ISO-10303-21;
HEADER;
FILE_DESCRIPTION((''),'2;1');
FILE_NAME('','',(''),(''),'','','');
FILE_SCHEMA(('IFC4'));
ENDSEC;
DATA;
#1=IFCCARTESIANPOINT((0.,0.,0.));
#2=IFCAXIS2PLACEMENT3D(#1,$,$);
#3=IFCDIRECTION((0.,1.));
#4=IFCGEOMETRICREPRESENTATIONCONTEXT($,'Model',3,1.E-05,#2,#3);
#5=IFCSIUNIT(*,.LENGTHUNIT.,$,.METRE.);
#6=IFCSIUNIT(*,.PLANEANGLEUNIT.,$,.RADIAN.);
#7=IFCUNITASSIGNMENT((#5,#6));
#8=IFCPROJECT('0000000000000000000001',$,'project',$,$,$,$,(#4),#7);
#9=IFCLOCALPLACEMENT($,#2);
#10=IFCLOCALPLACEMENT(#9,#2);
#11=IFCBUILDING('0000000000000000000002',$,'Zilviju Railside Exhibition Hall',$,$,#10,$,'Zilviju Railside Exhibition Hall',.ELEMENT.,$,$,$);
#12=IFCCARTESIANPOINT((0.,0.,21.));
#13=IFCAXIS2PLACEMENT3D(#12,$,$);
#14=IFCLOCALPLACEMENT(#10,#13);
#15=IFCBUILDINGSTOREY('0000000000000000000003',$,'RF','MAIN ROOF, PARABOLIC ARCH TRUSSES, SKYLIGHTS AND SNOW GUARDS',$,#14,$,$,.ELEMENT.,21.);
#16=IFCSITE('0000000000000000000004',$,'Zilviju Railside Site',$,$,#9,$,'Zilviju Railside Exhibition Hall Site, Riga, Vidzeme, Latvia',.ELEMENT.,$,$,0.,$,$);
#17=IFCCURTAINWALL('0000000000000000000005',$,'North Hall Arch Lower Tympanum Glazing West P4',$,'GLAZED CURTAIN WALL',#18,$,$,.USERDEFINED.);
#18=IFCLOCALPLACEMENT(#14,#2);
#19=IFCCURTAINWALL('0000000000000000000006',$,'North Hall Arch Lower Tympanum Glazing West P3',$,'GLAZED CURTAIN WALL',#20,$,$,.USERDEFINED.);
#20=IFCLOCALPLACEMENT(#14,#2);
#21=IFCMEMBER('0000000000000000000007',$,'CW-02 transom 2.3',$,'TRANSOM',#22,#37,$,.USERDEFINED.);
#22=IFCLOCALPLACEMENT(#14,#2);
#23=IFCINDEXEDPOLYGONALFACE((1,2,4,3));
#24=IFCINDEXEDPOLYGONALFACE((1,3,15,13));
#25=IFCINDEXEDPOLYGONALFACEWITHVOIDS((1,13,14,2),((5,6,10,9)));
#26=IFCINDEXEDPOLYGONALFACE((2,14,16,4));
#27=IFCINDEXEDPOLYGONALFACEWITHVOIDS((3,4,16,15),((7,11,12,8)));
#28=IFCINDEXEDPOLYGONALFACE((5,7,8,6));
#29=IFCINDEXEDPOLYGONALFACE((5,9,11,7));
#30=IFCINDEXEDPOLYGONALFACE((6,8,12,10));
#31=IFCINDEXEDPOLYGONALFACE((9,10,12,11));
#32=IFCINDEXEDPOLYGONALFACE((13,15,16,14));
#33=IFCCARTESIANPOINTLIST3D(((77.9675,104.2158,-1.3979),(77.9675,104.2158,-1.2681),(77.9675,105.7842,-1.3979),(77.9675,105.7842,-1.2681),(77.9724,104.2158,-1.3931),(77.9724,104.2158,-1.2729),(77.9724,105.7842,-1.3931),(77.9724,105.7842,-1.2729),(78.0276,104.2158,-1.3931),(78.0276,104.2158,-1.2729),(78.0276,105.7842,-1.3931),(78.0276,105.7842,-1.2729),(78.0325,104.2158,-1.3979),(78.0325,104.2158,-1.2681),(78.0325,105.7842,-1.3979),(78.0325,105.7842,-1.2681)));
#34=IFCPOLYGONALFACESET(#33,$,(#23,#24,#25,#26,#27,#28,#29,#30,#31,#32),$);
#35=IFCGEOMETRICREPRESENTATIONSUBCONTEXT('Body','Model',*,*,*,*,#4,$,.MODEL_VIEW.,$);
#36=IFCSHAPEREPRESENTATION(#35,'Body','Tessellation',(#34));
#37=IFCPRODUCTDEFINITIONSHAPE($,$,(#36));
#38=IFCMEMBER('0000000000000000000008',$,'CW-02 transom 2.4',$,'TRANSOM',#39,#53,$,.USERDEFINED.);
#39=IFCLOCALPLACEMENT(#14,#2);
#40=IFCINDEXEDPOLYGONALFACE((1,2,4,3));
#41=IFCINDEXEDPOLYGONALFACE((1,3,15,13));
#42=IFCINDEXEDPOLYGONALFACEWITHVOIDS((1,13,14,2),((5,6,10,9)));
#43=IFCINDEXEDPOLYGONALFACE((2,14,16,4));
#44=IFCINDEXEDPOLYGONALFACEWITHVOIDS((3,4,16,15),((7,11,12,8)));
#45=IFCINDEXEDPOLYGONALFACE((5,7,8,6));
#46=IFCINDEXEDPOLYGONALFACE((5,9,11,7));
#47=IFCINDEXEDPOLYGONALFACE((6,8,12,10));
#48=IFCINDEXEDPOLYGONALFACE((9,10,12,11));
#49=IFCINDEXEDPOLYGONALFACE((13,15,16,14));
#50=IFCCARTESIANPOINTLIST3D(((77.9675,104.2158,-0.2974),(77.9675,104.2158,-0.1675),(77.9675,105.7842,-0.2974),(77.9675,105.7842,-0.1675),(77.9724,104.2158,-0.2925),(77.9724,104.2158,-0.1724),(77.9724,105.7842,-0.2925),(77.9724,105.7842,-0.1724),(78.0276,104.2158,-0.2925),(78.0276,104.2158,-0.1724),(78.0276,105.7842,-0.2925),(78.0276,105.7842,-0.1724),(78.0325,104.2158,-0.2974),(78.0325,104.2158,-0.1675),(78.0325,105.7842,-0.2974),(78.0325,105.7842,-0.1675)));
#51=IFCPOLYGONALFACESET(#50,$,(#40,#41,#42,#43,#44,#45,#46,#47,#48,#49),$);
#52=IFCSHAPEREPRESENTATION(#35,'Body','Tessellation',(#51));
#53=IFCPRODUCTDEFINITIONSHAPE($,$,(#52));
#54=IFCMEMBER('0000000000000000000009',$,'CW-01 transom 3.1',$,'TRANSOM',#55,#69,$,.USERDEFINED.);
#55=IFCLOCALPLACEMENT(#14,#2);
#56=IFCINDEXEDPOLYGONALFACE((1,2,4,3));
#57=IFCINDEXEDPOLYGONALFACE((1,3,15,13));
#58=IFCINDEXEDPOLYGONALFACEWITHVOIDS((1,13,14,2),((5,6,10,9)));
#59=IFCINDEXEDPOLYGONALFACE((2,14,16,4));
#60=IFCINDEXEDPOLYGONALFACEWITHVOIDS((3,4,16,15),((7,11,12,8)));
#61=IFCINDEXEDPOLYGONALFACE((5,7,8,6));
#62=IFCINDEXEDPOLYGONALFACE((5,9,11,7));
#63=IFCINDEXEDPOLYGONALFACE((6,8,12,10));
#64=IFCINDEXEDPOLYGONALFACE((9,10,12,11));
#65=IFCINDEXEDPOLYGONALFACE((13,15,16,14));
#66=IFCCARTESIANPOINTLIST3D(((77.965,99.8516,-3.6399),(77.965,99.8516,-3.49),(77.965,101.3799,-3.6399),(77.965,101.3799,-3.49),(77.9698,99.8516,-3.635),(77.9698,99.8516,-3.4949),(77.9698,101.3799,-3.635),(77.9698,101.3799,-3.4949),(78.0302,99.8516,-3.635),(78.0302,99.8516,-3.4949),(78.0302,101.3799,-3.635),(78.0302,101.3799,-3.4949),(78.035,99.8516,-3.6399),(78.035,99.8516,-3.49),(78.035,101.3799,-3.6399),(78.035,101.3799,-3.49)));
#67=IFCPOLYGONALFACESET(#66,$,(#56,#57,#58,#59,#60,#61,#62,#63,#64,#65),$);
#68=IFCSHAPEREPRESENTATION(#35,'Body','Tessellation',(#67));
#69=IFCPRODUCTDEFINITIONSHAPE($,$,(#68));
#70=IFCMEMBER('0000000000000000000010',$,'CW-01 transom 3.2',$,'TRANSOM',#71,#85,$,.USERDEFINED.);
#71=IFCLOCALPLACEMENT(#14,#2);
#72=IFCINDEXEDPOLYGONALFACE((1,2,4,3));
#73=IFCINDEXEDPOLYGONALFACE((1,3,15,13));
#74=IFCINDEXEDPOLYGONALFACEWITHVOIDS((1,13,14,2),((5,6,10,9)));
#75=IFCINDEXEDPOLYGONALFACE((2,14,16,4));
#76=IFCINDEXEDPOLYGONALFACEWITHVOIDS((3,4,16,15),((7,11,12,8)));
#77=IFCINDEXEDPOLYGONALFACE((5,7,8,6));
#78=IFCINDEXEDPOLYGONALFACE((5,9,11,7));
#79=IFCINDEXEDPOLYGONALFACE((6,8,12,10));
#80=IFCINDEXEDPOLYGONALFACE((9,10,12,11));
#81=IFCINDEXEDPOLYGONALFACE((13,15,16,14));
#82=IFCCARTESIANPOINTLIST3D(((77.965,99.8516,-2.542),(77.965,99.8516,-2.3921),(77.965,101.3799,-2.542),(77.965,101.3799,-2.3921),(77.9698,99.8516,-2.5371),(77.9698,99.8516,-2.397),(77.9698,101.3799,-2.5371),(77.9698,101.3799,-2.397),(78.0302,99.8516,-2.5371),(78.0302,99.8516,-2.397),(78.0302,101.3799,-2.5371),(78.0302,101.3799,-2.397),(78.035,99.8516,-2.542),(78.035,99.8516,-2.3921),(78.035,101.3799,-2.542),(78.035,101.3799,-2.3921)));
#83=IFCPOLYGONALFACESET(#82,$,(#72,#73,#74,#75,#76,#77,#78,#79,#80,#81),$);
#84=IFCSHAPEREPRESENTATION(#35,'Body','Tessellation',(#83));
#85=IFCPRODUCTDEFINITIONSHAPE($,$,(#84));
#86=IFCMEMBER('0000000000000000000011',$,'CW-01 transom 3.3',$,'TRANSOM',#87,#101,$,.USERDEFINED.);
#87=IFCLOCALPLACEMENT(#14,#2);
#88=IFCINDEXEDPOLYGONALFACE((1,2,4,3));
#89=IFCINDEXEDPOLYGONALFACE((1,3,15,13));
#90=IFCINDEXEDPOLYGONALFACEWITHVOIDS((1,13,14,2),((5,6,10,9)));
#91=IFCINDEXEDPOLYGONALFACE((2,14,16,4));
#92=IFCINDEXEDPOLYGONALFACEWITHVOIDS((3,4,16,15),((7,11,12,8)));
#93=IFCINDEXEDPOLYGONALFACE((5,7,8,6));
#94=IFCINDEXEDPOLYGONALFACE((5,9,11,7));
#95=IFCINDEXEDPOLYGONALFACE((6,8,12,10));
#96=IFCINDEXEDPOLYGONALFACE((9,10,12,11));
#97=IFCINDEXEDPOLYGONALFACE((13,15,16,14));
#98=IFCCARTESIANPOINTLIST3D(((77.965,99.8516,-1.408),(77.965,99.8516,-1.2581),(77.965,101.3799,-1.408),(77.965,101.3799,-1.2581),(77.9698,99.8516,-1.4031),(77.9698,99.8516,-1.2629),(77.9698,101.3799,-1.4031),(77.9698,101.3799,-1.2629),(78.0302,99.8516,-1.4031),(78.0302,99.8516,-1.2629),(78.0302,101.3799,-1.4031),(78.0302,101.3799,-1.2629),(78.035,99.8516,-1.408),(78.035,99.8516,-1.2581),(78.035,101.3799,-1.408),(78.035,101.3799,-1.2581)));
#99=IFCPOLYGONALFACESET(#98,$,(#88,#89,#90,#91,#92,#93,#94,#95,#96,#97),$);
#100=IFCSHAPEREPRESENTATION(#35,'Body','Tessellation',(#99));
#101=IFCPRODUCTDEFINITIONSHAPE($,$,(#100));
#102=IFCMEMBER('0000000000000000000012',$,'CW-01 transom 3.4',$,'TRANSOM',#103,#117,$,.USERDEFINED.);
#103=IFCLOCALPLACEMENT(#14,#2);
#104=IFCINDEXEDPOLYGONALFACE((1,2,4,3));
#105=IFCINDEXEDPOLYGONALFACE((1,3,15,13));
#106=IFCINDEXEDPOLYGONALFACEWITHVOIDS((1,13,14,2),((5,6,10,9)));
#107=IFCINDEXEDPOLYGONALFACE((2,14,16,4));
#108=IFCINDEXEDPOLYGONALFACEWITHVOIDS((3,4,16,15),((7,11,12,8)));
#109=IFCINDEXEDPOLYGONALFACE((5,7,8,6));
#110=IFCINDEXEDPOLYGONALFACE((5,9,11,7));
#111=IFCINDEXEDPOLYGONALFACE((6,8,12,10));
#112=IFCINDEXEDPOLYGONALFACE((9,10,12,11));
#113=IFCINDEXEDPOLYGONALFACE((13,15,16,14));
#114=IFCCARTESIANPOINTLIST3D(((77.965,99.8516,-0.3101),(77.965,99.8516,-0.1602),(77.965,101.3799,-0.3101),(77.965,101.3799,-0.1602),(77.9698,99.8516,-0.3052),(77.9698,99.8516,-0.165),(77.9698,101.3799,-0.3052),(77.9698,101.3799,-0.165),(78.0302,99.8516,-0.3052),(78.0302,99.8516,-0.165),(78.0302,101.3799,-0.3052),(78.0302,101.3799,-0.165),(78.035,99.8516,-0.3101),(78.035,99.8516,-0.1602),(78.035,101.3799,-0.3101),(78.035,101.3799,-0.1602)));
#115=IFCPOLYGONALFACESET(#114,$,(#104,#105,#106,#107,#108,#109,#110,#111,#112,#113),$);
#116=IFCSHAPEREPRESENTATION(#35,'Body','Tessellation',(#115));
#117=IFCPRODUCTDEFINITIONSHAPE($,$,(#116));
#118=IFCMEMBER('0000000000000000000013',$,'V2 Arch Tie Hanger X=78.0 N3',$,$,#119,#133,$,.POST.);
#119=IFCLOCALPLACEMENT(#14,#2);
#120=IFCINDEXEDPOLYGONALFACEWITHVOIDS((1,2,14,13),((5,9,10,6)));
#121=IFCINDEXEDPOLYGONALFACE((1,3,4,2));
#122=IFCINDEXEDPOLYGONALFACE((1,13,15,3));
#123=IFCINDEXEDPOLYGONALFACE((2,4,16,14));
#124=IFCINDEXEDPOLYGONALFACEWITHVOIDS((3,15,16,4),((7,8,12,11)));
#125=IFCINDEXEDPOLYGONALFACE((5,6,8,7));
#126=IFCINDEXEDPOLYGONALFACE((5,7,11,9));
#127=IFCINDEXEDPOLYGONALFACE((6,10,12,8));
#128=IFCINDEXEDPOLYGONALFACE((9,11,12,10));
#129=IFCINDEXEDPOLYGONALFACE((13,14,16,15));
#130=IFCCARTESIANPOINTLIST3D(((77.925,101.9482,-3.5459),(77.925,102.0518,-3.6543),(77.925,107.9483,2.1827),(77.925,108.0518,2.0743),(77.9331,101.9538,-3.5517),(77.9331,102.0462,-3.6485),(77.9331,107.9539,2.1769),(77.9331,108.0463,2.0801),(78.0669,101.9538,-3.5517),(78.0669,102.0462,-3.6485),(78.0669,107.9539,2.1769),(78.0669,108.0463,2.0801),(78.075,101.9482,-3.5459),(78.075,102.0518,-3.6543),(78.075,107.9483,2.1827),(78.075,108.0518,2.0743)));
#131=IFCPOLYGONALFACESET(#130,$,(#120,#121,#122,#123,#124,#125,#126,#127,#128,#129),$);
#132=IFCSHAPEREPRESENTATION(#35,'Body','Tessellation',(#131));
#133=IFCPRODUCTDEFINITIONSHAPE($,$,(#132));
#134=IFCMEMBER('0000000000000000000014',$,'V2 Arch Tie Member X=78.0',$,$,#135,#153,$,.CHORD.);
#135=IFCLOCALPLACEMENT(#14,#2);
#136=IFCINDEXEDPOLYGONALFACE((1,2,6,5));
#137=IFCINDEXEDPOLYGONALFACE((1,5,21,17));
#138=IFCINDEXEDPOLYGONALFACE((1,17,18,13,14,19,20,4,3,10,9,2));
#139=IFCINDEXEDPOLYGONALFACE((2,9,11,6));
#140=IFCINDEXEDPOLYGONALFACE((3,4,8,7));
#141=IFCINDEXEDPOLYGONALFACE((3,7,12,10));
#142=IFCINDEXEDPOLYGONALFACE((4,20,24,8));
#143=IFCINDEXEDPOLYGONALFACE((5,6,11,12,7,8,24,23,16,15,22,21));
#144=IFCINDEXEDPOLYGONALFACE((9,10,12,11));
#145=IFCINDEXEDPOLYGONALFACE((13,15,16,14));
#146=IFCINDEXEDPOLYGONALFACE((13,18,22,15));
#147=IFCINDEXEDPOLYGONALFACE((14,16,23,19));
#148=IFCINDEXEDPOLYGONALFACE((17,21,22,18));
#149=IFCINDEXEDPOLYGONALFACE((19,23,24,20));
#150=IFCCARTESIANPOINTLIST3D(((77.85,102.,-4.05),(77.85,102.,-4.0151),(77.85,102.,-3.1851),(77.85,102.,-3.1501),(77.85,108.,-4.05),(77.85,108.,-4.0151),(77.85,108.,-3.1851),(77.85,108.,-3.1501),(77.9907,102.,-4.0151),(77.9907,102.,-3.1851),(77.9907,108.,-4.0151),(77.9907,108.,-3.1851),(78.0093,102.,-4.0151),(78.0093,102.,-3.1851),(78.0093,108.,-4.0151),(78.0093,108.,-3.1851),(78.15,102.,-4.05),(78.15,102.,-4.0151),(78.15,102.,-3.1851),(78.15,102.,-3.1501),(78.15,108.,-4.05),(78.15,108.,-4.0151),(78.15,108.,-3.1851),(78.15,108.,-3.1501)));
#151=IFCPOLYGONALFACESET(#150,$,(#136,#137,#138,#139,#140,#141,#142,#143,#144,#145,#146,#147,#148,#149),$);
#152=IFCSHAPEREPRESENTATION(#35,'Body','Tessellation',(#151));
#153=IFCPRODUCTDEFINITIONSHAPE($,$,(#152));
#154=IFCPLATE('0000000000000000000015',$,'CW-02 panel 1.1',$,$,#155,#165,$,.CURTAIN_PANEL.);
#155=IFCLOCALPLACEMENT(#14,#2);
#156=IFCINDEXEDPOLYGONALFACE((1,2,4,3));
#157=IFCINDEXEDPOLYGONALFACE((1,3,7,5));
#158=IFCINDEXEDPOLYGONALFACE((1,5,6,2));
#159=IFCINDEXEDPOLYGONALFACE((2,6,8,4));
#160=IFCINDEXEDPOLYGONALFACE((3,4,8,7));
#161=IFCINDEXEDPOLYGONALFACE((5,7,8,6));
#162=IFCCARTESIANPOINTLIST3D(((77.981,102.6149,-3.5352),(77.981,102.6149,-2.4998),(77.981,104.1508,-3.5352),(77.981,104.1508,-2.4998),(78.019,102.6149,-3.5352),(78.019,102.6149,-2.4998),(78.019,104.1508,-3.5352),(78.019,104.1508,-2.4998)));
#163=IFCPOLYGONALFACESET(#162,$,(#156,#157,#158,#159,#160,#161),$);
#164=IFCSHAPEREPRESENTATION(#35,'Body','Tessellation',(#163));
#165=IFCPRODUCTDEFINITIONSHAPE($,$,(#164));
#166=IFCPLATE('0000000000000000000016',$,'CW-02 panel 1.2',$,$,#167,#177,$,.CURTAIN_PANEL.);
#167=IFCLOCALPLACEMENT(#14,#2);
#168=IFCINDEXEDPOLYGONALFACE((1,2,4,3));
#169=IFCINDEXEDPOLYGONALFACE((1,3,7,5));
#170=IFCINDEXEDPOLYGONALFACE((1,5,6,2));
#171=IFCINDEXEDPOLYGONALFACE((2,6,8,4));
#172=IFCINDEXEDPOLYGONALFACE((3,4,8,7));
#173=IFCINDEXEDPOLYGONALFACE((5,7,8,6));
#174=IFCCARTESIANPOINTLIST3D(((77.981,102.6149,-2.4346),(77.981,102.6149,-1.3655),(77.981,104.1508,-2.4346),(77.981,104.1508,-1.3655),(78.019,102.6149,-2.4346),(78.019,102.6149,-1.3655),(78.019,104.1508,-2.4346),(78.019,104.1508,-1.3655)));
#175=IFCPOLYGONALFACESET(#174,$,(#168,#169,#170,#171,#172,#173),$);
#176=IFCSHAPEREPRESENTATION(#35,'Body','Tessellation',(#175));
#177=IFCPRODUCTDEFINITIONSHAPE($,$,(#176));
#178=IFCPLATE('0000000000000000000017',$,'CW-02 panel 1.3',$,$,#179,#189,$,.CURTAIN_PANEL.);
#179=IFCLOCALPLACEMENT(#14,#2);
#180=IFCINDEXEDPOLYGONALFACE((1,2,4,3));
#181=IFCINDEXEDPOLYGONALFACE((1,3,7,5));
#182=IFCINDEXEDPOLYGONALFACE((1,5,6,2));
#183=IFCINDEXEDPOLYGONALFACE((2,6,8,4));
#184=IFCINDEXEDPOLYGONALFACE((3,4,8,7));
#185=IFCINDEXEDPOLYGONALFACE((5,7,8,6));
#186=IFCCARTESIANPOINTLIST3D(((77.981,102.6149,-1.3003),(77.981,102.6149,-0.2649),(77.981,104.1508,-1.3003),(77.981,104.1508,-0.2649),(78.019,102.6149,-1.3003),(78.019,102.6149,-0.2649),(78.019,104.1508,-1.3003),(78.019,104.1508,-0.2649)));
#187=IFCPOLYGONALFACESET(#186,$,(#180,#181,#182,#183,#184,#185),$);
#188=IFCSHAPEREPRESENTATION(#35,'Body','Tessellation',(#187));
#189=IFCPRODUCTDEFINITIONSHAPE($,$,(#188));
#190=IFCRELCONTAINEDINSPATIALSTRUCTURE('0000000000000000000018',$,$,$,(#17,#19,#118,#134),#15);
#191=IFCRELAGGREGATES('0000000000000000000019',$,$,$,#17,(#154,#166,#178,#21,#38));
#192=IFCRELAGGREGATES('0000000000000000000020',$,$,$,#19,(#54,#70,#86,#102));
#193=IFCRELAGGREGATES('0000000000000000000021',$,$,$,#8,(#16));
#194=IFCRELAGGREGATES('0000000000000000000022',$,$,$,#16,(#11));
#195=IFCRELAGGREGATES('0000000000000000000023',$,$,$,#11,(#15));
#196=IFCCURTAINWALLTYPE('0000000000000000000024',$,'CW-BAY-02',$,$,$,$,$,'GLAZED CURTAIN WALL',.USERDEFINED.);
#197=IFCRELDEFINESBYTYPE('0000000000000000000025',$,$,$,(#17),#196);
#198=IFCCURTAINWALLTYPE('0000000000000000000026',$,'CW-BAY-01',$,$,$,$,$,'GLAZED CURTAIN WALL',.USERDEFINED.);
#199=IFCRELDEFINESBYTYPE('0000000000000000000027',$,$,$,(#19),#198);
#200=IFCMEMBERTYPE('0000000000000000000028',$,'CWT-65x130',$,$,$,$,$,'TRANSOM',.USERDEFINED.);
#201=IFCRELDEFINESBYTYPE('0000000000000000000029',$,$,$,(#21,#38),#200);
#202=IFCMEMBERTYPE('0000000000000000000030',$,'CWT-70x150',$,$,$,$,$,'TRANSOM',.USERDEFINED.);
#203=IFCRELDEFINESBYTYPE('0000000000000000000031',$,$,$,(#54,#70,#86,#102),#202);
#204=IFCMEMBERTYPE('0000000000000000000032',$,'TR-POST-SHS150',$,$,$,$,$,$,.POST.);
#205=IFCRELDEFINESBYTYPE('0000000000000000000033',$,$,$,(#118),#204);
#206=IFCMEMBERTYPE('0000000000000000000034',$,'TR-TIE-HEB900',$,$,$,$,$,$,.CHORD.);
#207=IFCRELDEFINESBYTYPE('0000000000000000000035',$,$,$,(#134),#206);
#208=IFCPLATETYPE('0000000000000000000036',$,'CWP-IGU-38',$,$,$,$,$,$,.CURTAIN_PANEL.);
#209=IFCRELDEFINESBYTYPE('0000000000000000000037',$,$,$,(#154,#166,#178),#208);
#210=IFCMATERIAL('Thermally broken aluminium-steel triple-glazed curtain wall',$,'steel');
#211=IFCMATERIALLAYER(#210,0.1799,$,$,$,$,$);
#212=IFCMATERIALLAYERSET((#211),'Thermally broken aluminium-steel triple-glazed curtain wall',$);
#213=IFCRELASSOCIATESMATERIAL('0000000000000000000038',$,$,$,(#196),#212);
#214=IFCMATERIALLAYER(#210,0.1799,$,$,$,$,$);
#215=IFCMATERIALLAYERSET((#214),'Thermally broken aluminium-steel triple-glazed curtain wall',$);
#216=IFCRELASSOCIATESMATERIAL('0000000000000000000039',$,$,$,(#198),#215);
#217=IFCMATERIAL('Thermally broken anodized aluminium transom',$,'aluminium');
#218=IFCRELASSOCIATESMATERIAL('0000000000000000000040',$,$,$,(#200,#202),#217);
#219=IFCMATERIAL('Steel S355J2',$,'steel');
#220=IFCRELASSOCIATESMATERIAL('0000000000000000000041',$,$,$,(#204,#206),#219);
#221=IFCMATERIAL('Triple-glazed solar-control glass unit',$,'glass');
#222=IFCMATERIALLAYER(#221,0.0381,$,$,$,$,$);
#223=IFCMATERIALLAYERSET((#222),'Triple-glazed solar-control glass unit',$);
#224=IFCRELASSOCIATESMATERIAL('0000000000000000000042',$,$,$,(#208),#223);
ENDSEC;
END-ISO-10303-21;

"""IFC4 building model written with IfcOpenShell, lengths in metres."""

from ifc_helpers import new_model, si_unit, direction, frame, origin, origin_2d, place, context, subcontext, project, spatial, rectangle, hollow_rectangle, i_section, extrude, material, layer, layer_set, material_profile, profile_set, type_object, element, aggregate, save


model = new_model("IFC4")

# Units and contexts
model_context = context("Model", 3, precision=1e-05, world=origin(), true_north=direction((0.0, 1.0)))
body_context = subcontext(model_context, "Body", "Model", "MODEL_VIEW")
ifc_project = project(units=[si_unit("LENGTHUNIT", "METRE"), si_unit("PLANEANGLEUNIT", "RADIAN")], contexts=[model_context])

# Site, building, storey
site_placement = place(None, origin())
site = spatial("IfcSite", under=ifc_project, at=site_placement, Name="Zilviju Railside Site", LongName="Zilviju Railside Exhibition Hall Site, Riga, Vidzeme, Latvia", CompositionType="ELEMENT", RefElevation=0.0)
building_placement = place(site_placement, origin())
building = spatial("IfcBuilding", under=site, at=building_placement, Name="Zilviju Railside Exhibition Hall", LongName="Zilviju Railside Exhibition Hall", CompositionType="ELEMENT")
storey_placement = place(building_placement, frame((0.0, 0.0, 21.0)))
storey = spatial("IfcBuildingStorey", under=building, at=storey_placement, Name="RF", Description="MAIN ROOF, PARABOLIC ARCH TRUSSES, SKYLIGHTS AND SNOW GUARDS", CompositionType="ELEMENT", Elevation=21.0)

# Curtain wall
ifc_material_1 = material(Name="Thermally broken aluminium-steel triple-glazed curtain wall", Category="steel")
ifc_layer_1 = layer(ifc_material_1, 0.1799)
ifc_layer_set_1 = layer_set([ifc_layer_1], Name="Thermally broken aluminium-steel triple-glazed curtain wall")
curtain_wall_type_1 = type_object("IfcCurtainWallType", Name="CW-BAY-02", ElementType="GLAZED CURTAIN WALL", PredefinedType="USERDEFINED", material=ifc_layer_set_1)
curtain_wall_1_placement = place(storey_placement, origin())
curtain_wall_1 = element("IfcCurtainWall", 1, at=curtain_wall_1_placement, inside=storey, type_object=curtain_wall_type_1, Name="North Hall Arch Lower Tympanum Glazing West P4", ObjectType="GLAZED CURTAIN WALL", PredefinedType="USERDEFINED")

# Curtain wall
ifc_layer_2 = layer(ifc_material_1, 0.1799)
ifc_layer_set_2 = layer_set([ifc_layer_2], Name="Thermally broken aluminium-steel triple-glazed curtain wall")
curtain_wall_type_2 = type_object("IfcCurtainWallType", Name="CW-BAY-01", ElementType="GLAZED CURTAIN WALL", PredefinedType="USERDEFINED", material=ifc_layer_set_2)
curtain_wall_2_placement = place(storey_placement, origin())
curtain_wall_2 = element("IfcCurtainWall", 2, at=curtain_wall_2_placement, inside=storey, type_object=curtain_wall_type_2, Name="North Hall Arch Lower Tympanum Glazing West P3", ObjectType="GLAZED CURTAIN WALL", PredefinedType="USERDEFINED")

# Members
ifc_material_2 = material(Name="Thermally broken anodized aluminium transom", Category="aluminium")
ifc_material_profile_1 = material_profile(ifc_material_2, hollow_rectangle(XDim=0.0649, YDim=0.1299, WallThickness=0.0049, at=origin_2d()), Name="TRANSOM 130x65x5")
ifc_profile_set_1 = profile_set([ifc_material_profile_1], Name="Thermally broken anodized aluminium transom")
member_type_1 = type_object("IfcMemberType", Name="CWT-65x130", ElementType="TRANSOM", PredefinedType="USERDEFINED", material=ifc_profile_set_1)
member_1_placement = place(storey_placement, frame((78.0, 104.2158, -1.333), z_axis=(0.0, 1.0, 0.0), x_axis=(-1.0, 0.0, 0.0)))
member_1 = element("IfcMember", 3, at=member_1_placement, type_object=member_type_1, Name="CW-02 transom 2.3", ObjectType="TRANSOM", PredefinedType="USERDEFINED", context=body_context, shape_type="SweptSolid", body=[
    extrude(hollow_rectangle(XDim=0.0649, YDim=0.1299, WallThickness=0.0049, at=origin_2d()), origin(), (0.0, 0.0, 1.0), 1.5684),
])
member_2_placement = place(storey_placement, frame((78.0, 104.2158, -0.2324), z_axis=(0.0, 1.0, 0.0), x_axis=(-1.0, 0.0, 0.0)))
member_2 = element("IfcMember", 4, at=member_2_placement, type_object=member_type_1, Name="CW-02 transom 2.4", ObjectType="TRANSOM", PredefinedType="USERDEFINED", context=body_context, shape_type="SweptSolid", body=[
    extrude(hollow_rectangle(XDim=0.0649, YDim=0.1299, WallThickness=0.0049, at=origin_2d()), origin(), (0.0, 0.0, 1.0), 1.5684),
])
ifc_material_profile_2 = material_profile(ifc_material_2, hollow_rectangle(XDim=0.0701, YDim=0.1499, WallThickness=0.0049, at=origin_2d()), Name="TRANSOM 150x70x5")
ifc_profile_set_2 = profile_set([ifc_material_profile_2], Name="Thermally broken anodized aluminium transom")
member_type_2 = type_object("IfcMemberType", Name="CWT-70x150", ElementType="TRANSOM", PredefinedType="USERDEFINED", material=ifc_profile_set_2)
member_3_placement = place(storey_placement, frame((78.0, 99.8516, -3.5649), z_axis=(0.0, 1.0, 0.0), x_axis=(-1.0, 0.0, 0.0)))
member_3 = element("IfcMember", 5, at=member_3_placement, type_object=member_type_2, Name="CW-01 transom 3.1", ObjectType="TRANSOM", PredefinedType="USERDEFINED", context=body_context, shape_type="SweptSolid", body=[
    extrude(hollow_rectangle(XDim=0.0701, YDim=0.1499, WallThickness=0.0049, at=origin_2d()), origin(), (0.0, 0.0, 1.0), 1.5283),
])
member_4_placement = place(storey_placement, frame((78.0, 99.8516, -2.467), z_axis=(0.0, 1.0, 0.0), x_axis=(-1.0, 0.0, 0.0)))
member_4 = element("IfcMember", 6, at=member_4_placement, type_object=member_type_2, Name="CW-01 transom 3.2", ObjectType="TRANSOM", PredefinedType="USERDEFINED", context=body_context, shape_type="SweptSolid", body=[
    extrude(hollow_rectangle(XDim=0.0701, YDim=0.1499, WallThickness=0.0049, at=origin_2d()), origin(), (0.0, 0.0, 1.0), 1.5283),
])
member_5_placement = place(storey_placement, frame((78.0, 99.8516, -1.333), z_axis=(0.0, 1.0, 0.0), x_axis=(-1.0, 0.0, 0.0)))
member_5 = element("IfcMember", 7, at=member_5_placement, type_object=member_type_2, Name="CW-01 transom 3.3", ObjectType="TRANSOM", PredefinedType="USERDEFINED", context=body_context, shape_type="SweptSolid", body=[
    extrude(hollow_rectangle(XDim=0.0701, YDim=0.1499, WallThickness=0.0049, at=origin_2d()), origin(), (0.0, 0.0, 1.0), 1.5283),
])
member_6_placement = place(storey_placement, frame((78.0, 99.8516, -0.2351), z_axis=(0.0, 1.0, 0.0), x_axis=(-1.0, 0.0, 0.0)))
member_6 = element("IfcMember", 8, at=member_6_placement, type_object=member_type_2, Name="CW-01 transom 3.4", ObjectType="TRANSOM", PredefinedType="USERDEFINED", context=body_context, shape_type="SweptSolid", body=[
    extrude(hollow_rectangle(XDim=0.0701, YDim=0.1499, WallThickness=0.0049, at=origin_2d()), origin(), (0.0, 0.0, 1.0), 1.5283),
])

# Members
ifc_material_3 = material(Name="Steel S355J2", Category="steel")
ifc_material_profile_3 = material_profile(ifc_material_3, hollow_rectangle(XDim=0.1499, YDim=0.1499, WallThickness=0.0081, at=origin_2d()), Name="SHS 150x150x8.0")
ifc_profile_set_3 = profile_set([ifc_material_profile_3], Name="Steel S355J2")
member_type_3 = type_object("IfcMemberType", Name="TR-POST-SHS150", PredefinedType="POST", material=ifc_profile_set_3)
member_7_placement = place(storey_placement, frame((78.0, 102.0, -3.6001), z_axis=(0.0, 0.723281, 0.690554), x_axis=(-1.0, 0.0, 0.0)))
element("IfcMember", 9, at=member_7_placement, inside=storey, type_object=member_type_3, Name="V2 Arch Tie Hanger X=78.0 N3", PredefinedType="POST", context=body_context, shape_type="SweptSolid", body=[
    extrude(hollow_rectangle(XDim=0.1499, YDim=0.1499, WallThickness=0.0081, at=origin_2d()), origin(), (0.0, 0.0, 1.0), 8.2957),
])
ifc_material_profile_4 = material_profile(ifc_material_3, i_section(OverallWidth=0.3, OverallDepth=0.8999, WebThickness=0.0186, FlangeThickness=0.0349, at=origin_2d()), Name="HEB 900")
ifc_profile_set_4 = profile_set([ifc_material_profile_4], Name="Steel S355J2")
member_type_4 = type_object("IfcMemberType", Name="TR-TIE-HEB900", PredefinedType="CHORD", material=ifc_profile_set_4)
member_8_placement = place(storey_placement, frame((78.0, 102.0, -3.6001), z_axis=(0.0, 1.0, 0.0), x_axis=(-1.0, 0.0, 0.0)))
element("IfcMember", 10, at=member_8_placement, inside=storey, type_object=member_type_4, Name="V2 Arch Tie Member X=78.0", PredefinedType="CHORD", context=body_context, shape_type="SweptSolid", body=[
    extrude(i_section(OverallWidth=0.3, OverallDepth=0.8999, WebThickness=0.0186, FlangeThickness=0.0349, at=origin_2d()), origin(), (0.0, 0.0, 1.0), 6.0),
])

# Plates
ifc_material_4 = material(Name="Triple-glazed solar-control glass unit", Category="glass")
ifc_layer_3 = layer(ifc_material_4, 0.0381)
ifc_layer_set_3 = layer_set([ifc_layer_3], Name="Triple-glazed solar-control glass unit")
plate_type_1 = type_object("IfcPlateType", Name="CWP-IGU-38", PredefinedType="CURTAIN_PANEL", material=ifc_layer_set_3)
plate_1_placement = place(storey_placement, frame((78.0, 103.3828, -3.5352), z_axis=(0.0, 0.0, 1.0), x_axis=(0.0, 1.0, 0.0)))
plate_1 = element("IfcPlate", 11, at=plate_1_placement, type_object=plate_type_1, Name="CW-02 panel 1.1", PredefinedType="CURTAIN_PANEL", context=body_context, shape_type="SweptSolid", body=[
    extrude(rectangle(XDim=1.5359, YDim=0.0381, at=origin_2d()), origin(), (0.0, 0.0, 1.0), 1.0354),
])
plate_2_placement = place(storey_placement, frame((78.0, 103.3828, -2.4346), z_axis=(0.0, 0.0, 1.0), x_axis=(0.0, 1.0, 0.0)))
plate_2 = element("IfcPlate", 12, at=plate_2_placement, type_object=plate_type_1, Name="CW-02 panel 1.2", PredefinedType="CURTAIN_PANEL", context=body_context, shape_type="SweptSolid", body=[
    extrude(rectangle(XDim=1.5359, YDim=0.0381, at=origin_2d()), origin(), (0.0, 0.0, 1.0), 1.0691),
])
plate_3_placement = place(storey_placement, frame((78.0, 103.3828, -1.3003), z_axis=(0.0, 0.0, 1.0), x_axis=(0.0, 1.0, 0.0)))
plate_3 = element("IfcPlate", 13, at=plate_3_placement, type_object=plate_type_1, Name="CW-02 panel 1.3", PredefinedType="CURTAIN_PANEL", context=body_context, shape_type="SweptSolid", body=[
    extrude(rectangle(XDim=1.5359, YDim=0.0381, at=origin_2d()), origin(), (0.0, 0.0, 1.0), 1.0354),
])
aggregate(curtain_wall_1, [plate_1, plate_2, plate_3, member_1, member_2])
aggregate(curtain_wall_2, [member_3, member_4, member_5, member_6])

save(model, "model.ifc")
